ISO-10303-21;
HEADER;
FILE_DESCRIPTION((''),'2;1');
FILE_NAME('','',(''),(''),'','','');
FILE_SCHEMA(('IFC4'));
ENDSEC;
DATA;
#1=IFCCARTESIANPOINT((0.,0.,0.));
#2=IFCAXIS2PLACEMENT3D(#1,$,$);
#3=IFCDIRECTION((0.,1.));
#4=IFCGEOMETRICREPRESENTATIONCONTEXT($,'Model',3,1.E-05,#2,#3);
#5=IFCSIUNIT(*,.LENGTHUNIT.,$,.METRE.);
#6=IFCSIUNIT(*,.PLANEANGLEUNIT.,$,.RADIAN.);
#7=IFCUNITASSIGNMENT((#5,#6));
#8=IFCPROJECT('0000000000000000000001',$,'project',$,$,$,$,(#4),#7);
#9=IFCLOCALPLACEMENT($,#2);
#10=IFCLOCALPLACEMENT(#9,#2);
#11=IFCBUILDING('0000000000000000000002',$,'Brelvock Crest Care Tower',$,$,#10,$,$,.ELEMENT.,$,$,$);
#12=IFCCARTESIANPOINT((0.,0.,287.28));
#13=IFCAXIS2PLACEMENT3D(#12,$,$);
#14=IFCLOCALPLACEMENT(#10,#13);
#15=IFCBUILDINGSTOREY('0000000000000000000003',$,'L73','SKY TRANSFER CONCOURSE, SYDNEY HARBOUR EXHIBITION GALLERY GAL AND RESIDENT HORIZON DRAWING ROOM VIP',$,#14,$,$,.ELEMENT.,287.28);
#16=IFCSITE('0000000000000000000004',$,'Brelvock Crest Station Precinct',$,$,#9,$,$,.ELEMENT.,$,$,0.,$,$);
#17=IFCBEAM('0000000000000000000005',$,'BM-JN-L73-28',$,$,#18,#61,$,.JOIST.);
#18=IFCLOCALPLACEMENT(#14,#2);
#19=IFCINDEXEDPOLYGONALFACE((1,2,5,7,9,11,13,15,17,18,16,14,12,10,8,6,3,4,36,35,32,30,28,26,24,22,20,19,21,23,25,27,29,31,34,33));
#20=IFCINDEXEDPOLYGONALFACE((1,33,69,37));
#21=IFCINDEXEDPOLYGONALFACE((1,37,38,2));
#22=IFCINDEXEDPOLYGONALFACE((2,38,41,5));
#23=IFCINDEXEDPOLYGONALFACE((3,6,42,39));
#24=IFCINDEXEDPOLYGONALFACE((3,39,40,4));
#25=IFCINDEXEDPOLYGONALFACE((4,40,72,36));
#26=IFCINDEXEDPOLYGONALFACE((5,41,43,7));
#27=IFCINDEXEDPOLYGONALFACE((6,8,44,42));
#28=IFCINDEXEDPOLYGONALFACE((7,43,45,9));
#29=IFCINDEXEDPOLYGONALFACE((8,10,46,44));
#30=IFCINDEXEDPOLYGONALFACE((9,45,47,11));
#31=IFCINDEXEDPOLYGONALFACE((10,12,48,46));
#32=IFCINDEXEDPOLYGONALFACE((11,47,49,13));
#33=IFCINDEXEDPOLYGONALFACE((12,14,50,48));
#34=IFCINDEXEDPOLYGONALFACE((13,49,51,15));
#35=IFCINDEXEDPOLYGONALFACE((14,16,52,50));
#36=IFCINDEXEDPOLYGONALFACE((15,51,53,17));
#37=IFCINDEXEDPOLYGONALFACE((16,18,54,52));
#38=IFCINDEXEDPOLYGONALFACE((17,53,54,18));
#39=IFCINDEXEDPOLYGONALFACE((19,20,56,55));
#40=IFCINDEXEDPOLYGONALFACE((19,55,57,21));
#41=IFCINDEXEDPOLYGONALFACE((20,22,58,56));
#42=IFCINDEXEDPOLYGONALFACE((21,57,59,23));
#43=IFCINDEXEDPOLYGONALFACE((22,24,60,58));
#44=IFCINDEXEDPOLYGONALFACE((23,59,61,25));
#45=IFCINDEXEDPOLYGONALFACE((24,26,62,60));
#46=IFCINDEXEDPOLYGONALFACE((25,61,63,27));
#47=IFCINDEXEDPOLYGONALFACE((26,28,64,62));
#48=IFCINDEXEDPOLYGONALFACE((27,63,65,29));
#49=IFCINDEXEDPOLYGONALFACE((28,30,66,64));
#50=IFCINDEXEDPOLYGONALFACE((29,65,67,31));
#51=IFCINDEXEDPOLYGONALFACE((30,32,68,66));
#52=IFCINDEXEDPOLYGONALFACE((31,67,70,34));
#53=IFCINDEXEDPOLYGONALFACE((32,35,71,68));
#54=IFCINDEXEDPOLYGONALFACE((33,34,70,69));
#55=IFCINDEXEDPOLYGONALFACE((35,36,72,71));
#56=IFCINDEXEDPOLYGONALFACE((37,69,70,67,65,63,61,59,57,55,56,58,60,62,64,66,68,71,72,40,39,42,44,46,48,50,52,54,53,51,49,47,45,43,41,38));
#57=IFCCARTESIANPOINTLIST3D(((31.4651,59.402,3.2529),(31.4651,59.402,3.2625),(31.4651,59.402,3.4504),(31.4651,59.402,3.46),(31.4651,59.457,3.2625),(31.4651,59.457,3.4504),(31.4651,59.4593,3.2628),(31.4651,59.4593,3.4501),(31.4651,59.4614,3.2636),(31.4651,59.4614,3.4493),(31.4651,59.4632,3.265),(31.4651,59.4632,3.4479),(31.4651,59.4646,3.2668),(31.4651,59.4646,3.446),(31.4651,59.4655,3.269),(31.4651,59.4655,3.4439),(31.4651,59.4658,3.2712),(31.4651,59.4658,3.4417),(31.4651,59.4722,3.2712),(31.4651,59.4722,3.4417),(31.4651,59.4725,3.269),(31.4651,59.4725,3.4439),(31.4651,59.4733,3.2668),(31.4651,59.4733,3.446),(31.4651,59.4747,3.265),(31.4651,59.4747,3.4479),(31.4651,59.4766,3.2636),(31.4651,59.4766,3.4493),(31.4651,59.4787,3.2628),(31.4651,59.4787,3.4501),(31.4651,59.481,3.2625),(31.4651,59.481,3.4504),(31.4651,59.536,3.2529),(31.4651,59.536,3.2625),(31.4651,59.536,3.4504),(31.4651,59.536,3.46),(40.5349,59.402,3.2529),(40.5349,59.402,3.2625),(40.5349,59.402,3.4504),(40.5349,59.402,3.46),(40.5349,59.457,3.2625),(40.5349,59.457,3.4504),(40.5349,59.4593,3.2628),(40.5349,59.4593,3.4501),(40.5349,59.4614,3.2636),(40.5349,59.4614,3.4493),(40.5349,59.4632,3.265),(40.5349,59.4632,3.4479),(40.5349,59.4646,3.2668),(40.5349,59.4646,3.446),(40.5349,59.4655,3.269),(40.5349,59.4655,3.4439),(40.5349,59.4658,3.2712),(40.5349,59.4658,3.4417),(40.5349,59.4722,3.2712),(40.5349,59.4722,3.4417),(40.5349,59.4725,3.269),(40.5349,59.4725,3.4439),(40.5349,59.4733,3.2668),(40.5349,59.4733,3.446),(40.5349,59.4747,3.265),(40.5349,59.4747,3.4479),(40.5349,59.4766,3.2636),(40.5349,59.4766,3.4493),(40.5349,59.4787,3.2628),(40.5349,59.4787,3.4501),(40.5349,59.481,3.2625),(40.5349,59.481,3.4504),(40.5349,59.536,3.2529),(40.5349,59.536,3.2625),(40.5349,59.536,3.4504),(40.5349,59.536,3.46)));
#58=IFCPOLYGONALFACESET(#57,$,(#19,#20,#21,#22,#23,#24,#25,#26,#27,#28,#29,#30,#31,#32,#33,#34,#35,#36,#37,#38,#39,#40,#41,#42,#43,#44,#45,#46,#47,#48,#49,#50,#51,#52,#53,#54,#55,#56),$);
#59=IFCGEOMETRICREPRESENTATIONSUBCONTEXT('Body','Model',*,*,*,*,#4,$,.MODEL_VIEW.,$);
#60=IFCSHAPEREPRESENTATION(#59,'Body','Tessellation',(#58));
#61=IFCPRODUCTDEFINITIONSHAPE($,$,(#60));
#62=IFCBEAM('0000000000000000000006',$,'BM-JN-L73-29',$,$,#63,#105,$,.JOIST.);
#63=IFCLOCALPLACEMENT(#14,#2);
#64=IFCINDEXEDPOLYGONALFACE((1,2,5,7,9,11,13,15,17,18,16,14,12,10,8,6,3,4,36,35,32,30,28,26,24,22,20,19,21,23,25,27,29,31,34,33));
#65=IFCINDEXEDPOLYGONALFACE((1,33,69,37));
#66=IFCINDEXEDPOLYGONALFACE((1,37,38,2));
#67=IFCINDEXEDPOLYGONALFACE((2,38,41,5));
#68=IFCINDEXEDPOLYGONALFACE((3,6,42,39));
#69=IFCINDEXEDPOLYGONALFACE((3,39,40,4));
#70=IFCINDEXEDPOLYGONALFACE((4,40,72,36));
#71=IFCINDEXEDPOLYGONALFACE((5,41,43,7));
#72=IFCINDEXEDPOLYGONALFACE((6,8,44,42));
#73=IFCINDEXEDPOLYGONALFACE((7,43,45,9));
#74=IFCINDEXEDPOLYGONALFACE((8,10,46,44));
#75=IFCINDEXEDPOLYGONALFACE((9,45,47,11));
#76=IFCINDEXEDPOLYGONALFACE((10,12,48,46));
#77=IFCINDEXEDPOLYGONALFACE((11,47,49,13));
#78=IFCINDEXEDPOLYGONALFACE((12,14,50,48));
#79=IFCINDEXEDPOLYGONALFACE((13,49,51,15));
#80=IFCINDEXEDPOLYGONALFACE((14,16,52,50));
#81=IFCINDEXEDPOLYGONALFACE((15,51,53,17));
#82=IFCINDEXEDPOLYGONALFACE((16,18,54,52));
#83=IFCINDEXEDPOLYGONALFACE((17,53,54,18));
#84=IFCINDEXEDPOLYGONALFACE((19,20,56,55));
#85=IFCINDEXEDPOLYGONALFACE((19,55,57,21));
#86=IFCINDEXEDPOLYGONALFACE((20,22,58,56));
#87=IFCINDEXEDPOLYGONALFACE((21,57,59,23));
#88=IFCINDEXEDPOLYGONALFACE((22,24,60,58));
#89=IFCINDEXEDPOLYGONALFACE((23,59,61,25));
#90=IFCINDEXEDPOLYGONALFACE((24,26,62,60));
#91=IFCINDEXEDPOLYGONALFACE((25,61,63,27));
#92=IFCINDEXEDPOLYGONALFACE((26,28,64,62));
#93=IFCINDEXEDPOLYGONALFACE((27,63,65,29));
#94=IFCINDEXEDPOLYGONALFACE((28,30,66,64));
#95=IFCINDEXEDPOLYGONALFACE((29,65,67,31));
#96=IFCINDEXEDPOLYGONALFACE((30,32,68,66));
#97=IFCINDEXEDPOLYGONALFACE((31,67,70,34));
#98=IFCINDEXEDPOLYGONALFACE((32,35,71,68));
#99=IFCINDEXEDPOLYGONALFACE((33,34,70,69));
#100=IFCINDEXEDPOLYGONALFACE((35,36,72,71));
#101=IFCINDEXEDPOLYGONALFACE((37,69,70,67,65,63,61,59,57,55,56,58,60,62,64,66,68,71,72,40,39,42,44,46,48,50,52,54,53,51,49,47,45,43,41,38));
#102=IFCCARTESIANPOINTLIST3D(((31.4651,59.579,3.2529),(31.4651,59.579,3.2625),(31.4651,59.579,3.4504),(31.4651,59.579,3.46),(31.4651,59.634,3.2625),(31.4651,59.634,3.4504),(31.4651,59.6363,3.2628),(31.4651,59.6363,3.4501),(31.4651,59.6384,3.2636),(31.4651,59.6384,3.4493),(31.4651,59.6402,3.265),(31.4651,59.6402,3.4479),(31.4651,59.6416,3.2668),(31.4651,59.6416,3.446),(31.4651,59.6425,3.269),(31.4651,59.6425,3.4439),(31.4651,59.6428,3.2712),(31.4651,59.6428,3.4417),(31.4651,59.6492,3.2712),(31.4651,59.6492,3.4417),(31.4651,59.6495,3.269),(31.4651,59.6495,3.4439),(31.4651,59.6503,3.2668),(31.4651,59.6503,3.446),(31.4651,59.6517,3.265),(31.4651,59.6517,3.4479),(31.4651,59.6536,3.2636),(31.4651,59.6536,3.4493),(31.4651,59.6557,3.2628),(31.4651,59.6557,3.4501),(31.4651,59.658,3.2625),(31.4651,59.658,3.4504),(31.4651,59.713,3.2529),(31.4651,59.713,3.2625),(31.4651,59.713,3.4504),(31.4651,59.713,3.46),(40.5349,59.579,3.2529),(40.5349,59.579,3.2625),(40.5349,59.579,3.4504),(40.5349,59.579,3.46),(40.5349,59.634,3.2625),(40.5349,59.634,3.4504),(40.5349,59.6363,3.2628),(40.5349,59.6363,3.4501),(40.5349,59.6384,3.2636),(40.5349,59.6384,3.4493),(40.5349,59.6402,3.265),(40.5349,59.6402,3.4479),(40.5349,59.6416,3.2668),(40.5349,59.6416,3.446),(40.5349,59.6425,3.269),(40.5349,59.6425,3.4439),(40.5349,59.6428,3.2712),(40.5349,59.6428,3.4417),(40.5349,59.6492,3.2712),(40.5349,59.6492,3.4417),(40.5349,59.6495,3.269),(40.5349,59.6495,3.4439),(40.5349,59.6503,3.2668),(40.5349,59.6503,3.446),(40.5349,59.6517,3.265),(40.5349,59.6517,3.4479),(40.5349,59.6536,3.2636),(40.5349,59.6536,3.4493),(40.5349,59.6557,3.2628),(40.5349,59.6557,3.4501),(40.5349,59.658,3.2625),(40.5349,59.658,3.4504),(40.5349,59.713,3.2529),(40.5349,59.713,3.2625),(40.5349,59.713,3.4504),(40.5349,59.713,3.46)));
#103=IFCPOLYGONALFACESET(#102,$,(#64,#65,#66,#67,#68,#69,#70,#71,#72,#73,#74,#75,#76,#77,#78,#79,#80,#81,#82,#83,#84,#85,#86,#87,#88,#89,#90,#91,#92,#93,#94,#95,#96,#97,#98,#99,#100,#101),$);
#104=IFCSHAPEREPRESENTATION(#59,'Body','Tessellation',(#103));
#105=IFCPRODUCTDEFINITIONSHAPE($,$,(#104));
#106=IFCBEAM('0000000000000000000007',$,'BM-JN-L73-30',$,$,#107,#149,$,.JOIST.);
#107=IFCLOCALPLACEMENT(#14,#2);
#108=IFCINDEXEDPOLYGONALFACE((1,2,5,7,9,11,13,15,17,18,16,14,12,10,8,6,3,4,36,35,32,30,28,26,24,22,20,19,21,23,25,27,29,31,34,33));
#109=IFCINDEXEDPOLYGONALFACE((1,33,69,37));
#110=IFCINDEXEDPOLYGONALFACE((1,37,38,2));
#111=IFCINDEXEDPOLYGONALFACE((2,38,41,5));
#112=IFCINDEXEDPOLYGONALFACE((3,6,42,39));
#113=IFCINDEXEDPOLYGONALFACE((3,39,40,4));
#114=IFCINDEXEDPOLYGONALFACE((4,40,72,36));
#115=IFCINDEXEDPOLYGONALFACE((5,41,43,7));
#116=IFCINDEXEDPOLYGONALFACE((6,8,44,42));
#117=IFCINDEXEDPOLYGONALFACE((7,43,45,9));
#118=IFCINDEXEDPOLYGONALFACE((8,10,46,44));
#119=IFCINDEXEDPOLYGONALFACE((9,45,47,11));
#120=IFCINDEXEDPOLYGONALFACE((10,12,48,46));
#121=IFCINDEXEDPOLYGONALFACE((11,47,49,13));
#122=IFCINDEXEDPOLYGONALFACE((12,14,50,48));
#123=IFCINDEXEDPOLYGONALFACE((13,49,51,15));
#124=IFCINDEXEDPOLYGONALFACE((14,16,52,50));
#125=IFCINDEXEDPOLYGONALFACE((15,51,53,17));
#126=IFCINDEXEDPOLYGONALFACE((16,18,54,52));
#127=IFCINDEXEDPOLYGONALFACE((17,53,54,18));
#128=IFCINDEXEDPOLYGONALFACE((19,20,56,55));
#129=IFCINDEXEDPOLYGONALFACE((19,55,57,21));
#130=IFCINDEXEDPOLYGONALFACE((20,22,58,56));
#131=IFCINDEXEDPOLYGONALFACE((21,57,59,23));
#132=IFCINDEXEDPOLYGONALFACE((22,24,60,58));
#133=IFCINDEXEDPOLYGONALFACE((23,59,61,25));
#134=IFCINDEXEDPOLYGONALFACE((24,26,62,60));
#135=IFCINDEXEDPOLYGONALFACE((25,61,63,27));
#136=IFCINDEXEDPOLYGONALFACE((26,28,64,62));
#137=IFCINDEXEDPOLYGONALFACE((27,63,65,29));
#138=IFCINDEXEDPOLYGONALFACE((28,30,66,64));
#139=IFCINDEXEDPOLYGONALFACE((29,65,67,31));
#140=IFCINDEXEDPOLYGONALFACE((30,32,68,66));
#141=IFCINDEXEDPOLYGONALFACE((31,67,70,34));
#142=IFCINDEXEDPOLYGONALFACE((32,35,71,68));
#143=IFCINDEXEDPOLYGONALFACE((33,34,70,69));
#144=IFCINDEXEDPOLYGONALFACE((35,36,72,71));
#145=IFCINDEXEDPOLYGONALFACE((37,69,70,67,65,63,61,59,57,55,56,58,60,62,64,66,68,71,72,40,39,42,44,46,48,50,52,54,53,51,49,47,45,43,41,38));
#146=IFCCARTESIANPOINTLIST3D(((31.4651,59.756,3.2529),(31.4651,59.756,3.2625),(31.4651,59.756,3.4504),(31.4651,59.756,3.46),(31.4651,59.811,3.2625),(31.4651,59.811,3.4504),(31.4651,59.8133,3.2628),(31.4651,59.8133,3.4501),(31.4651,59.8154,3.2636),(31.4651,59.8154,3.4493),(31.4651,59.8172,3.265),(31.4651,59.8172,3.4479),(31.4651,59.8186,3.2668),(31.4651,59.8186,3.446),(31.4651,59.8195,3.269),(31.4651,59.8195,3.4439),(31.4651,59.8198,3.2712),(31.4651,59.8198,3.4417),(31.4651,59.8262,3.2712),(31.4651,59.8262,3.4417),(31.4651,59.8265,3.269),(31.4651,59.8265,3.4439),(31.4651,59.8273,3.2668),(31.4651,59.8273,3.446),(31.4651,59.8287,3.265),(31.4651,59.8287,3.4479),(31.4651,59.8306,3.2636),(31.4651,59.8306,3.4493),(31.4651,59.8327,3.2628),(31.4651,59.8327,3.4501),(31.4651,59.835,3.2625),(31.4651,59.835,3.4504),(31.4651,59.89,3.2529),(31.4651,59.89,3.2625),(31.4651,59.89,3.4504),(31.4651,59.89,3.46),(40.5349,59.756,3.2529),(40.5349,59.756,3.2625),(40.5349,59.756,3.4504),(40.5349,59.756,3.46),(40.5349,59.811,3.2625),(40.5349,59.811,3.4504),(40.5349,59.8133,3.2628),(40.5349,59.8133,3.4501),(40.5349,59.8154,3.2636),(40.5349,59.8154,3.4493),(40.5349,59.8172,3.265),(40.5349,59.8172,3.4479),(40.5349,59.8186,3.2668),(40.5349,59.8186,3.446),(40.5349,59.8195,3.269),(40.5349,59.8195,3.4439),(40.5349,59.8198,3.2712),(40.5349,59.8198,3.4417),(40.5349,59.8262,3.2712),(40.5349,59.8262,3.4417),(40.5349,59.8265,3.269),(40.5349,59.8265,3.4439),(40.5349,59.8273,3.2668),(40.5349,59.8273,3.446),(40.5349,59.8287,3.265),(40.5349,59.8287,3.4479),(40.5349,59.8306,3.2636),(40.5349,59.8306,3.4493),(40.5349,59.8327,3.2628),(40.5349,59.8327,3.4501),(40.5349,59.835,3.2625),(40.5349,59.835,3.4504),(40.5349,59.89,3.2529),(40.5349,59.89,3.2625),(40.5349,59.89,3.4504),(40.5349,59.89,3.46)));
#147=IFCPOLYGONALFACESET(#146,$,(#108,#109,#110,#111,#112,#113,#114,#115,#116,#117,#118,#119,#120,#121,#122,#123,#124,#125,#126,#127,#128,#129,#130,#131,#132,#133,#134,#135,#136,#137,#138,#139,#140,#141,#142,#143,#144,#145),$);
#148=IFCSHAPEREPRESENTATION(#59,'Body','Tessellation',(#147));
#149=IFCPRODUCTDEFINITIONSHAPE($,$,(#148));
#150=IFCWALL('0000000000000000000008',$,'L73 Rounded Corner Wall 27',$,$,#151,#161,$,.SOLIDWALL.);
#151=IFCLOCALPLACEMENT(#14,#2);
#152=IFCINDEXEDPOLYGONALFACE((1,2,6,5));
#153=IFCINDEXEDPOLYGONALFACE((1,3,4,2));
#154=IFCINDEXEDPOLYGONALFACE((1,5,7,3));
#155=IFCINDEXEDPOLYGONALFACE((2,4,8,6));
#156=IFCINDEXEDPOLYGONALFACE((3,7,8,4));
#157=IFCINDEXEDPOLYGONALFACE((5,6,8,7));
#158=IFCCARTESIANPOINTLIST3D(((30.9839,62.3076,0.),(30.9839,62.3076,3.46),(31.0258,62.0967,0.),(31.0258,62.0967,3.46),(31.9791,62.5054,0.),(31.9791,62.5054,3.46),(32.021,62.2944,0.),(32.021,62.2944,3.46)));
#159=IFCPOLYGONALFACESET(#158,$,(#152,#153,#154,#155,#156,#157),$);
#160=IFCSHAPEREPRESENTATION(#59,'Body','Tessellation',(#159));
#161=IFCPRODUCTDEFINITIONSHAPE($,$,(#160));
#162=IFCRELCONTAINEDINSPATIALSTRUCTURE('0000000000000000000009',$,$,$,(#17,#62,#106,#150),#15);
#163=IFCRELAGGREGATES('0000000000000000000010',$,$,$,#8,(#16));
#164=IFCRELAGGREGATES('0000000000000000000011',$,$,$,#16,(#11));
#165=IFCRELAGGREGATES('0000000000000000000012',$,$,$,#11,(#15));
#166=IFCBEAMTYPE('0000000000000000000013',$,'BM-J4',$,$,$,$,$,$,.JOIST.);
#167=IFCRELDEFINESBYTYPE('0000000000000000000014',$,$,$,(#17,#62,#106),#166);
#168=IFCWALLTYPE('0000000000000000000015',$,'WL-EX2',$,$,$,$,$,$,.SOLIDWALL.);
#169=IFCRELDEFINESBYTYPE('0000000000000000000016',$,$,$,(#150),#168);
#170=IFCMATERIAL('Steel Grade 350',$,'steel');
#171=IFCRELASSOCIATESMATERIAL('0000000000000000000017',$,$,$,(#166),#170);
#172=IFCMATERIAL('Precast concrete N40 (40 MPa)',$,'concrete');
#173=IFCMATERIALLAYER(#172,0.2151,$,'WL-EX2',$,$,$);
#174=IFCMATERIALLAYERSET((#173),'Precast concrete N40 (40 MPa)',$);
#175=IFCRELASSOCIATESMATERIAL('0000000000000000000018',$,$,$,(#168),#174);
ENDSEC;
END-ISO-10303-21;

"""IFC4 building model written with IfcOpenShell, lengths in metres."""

from ifc_helpers import new_model, si_unit, direction, frame, frame_2d, origin, origin_2d, place, context, subcontext, project, spatial, rectangle, i_section, extrude, source, transform, mapped, material, layer, layer_set, material_profile, profile_set, type_object, element, save


model = new_model("IFC4")

# Units and contexts
model_context = context("Model", 3, precision=1e-05, world=origin(), true_north=direction((0.0, 1.0)))
body_context = subcontext(model_context, "Body", "Model", "MODEL_VIEW")
ifc_project = project(units=[si_unit("LENGTHUNIT", "METRE"), si_unit("PLANEANGLEUNIT", "RADIAN")], contexts=[model_context])

# Site, building, storey
site_placement = place(None, origin())
site = spatial("IfcSite", under=ifc_project, at=site_placement, Name="Brelvock Crest Station Precinct", CompositionType="ELEMENT", RefElevation=0.0)
building_placement = place(site_placement, origin())
building = spatial("IfcBuilding", under=site, at=building_placement, Name="Brelvock Crest Care Tower", CompositionType="ELEMENT")
storey_placement = place(building_placement, frame((0.0, 0.0, 287.28)))
storey = spatial("IfcBuildingStorey", under=building, at=storey_placement, Name="L73", Description="SKY TRANSFER CONCOURSE, SYDNEY HARBOUR EXHIBITION GALLERY GAL AND RESIDENT HORIZON DRAWING ROOM VIP", CompositionType="ELEMENT", Elevation=287.28)

# Shared definitions
ifc_material_1 = material(Name="Steel Grade 350", Category="steel")

# Beams
ifc_material_profile_1 = material_profile(ifc_material_1, i_section(OverallWidth=0.134, OverallDepth=0.207, WebThickness=0.0063, FlangeThickness=0.0095, FilletRadius=0.0088, at=origin_2d()), Name="200UB29.8")
ifc_profile_set_1 = profile_set([ifc_material_profile_1], Name="Steel Grade 350")
beam_type_1 = type_object("IfcBeamType", Name="BM-J4", PredefinedType="JOIST", material=ifc_profile_set_1)
shared_shape_1 = source(origin(), body_context, "Body", "SweptSolid", [
    extrude(i_section(OverallWidth=0.134, OverallDepth=0.207, WebThickness=0.0063, FlangeThickness=0.0095, FilletRadius=0.0088, at=origin_2d()), origin(), (0.0, 0.0, 1.0), 9.0698),
])
for number, where, z_axis, x_axis, name in (
    (1, (31.4651, 59.469, 3.3564), (1.0, 0.0, 0.0), (0.0, 1.0, 0.0), "BM-JN-L73-28"),
    (2, (31.4651, 59.646, 3.3564), (1.0, 0.0, 0.0), (0.0, 1.0, 0.0), "BM-JN-L73-29"),
    (3, (31.4651, 59.823, 3.3564), (1.0, 0.0, 0.0), (0.0, 1.0, 0.0), "BM-JN-L73-30"),
):
    element("IfcBeam", number, at=place(storey_placement, frame(where, z_axis=z_axis, x_axis=x_axis)), inside=storey, type_object=beam_type_1, Name=name, PredefinedType="JOIST", context=body_context, shape_type="MappedRepresentation", body=[
        mapped(shared_shape_1, transform((0.0, 0.0, 0.0), x_axis=(1.0, 0.0, 0.0), y_axis=(0.0, 1.0, 0.0), z_axis=(0.0, 0.0, 1.0), scale=1.0)),
    ])

# Wall
ifc_material_2 = material(Name="Precast concrete N40 (40 MPa)", Category="concrete")
ifc_layer = layer(ifc_material_2, 0.2151, Name="WL-EX2")
ifc_layer_set = layer_set([ifc_layer], Name="Precast concrete N40 (40 MPa)")
wall_type = type_object("IfcWallType", Name="WL-EX2", PredefinedType="SOLIDWALL", material=ifc_layer_set)
wall_placement = place(storey_placement, frame((31.0049, 62.2021, 0.0), z_axis=(0.0, 0.0, 1.0), x_axis=(0.980821, 0.194913, 0.0)))
element("IfcWall", 4, at=wall_placement, inside=storey, type_object=wall_type, Name="L73 Rounded Corner Wall 27", PredefinedType="SOLIDWALL", context=body_context, shape_type="SweptSolid", body=[
    extrude(rectangle(XDim=1.0146, YDim=0.2151, at=frame_2d((0.5073, 0.0))), origin(), (0.0, 0.0, 1.0), 3.46),
])

save(model, "model.ifc")
